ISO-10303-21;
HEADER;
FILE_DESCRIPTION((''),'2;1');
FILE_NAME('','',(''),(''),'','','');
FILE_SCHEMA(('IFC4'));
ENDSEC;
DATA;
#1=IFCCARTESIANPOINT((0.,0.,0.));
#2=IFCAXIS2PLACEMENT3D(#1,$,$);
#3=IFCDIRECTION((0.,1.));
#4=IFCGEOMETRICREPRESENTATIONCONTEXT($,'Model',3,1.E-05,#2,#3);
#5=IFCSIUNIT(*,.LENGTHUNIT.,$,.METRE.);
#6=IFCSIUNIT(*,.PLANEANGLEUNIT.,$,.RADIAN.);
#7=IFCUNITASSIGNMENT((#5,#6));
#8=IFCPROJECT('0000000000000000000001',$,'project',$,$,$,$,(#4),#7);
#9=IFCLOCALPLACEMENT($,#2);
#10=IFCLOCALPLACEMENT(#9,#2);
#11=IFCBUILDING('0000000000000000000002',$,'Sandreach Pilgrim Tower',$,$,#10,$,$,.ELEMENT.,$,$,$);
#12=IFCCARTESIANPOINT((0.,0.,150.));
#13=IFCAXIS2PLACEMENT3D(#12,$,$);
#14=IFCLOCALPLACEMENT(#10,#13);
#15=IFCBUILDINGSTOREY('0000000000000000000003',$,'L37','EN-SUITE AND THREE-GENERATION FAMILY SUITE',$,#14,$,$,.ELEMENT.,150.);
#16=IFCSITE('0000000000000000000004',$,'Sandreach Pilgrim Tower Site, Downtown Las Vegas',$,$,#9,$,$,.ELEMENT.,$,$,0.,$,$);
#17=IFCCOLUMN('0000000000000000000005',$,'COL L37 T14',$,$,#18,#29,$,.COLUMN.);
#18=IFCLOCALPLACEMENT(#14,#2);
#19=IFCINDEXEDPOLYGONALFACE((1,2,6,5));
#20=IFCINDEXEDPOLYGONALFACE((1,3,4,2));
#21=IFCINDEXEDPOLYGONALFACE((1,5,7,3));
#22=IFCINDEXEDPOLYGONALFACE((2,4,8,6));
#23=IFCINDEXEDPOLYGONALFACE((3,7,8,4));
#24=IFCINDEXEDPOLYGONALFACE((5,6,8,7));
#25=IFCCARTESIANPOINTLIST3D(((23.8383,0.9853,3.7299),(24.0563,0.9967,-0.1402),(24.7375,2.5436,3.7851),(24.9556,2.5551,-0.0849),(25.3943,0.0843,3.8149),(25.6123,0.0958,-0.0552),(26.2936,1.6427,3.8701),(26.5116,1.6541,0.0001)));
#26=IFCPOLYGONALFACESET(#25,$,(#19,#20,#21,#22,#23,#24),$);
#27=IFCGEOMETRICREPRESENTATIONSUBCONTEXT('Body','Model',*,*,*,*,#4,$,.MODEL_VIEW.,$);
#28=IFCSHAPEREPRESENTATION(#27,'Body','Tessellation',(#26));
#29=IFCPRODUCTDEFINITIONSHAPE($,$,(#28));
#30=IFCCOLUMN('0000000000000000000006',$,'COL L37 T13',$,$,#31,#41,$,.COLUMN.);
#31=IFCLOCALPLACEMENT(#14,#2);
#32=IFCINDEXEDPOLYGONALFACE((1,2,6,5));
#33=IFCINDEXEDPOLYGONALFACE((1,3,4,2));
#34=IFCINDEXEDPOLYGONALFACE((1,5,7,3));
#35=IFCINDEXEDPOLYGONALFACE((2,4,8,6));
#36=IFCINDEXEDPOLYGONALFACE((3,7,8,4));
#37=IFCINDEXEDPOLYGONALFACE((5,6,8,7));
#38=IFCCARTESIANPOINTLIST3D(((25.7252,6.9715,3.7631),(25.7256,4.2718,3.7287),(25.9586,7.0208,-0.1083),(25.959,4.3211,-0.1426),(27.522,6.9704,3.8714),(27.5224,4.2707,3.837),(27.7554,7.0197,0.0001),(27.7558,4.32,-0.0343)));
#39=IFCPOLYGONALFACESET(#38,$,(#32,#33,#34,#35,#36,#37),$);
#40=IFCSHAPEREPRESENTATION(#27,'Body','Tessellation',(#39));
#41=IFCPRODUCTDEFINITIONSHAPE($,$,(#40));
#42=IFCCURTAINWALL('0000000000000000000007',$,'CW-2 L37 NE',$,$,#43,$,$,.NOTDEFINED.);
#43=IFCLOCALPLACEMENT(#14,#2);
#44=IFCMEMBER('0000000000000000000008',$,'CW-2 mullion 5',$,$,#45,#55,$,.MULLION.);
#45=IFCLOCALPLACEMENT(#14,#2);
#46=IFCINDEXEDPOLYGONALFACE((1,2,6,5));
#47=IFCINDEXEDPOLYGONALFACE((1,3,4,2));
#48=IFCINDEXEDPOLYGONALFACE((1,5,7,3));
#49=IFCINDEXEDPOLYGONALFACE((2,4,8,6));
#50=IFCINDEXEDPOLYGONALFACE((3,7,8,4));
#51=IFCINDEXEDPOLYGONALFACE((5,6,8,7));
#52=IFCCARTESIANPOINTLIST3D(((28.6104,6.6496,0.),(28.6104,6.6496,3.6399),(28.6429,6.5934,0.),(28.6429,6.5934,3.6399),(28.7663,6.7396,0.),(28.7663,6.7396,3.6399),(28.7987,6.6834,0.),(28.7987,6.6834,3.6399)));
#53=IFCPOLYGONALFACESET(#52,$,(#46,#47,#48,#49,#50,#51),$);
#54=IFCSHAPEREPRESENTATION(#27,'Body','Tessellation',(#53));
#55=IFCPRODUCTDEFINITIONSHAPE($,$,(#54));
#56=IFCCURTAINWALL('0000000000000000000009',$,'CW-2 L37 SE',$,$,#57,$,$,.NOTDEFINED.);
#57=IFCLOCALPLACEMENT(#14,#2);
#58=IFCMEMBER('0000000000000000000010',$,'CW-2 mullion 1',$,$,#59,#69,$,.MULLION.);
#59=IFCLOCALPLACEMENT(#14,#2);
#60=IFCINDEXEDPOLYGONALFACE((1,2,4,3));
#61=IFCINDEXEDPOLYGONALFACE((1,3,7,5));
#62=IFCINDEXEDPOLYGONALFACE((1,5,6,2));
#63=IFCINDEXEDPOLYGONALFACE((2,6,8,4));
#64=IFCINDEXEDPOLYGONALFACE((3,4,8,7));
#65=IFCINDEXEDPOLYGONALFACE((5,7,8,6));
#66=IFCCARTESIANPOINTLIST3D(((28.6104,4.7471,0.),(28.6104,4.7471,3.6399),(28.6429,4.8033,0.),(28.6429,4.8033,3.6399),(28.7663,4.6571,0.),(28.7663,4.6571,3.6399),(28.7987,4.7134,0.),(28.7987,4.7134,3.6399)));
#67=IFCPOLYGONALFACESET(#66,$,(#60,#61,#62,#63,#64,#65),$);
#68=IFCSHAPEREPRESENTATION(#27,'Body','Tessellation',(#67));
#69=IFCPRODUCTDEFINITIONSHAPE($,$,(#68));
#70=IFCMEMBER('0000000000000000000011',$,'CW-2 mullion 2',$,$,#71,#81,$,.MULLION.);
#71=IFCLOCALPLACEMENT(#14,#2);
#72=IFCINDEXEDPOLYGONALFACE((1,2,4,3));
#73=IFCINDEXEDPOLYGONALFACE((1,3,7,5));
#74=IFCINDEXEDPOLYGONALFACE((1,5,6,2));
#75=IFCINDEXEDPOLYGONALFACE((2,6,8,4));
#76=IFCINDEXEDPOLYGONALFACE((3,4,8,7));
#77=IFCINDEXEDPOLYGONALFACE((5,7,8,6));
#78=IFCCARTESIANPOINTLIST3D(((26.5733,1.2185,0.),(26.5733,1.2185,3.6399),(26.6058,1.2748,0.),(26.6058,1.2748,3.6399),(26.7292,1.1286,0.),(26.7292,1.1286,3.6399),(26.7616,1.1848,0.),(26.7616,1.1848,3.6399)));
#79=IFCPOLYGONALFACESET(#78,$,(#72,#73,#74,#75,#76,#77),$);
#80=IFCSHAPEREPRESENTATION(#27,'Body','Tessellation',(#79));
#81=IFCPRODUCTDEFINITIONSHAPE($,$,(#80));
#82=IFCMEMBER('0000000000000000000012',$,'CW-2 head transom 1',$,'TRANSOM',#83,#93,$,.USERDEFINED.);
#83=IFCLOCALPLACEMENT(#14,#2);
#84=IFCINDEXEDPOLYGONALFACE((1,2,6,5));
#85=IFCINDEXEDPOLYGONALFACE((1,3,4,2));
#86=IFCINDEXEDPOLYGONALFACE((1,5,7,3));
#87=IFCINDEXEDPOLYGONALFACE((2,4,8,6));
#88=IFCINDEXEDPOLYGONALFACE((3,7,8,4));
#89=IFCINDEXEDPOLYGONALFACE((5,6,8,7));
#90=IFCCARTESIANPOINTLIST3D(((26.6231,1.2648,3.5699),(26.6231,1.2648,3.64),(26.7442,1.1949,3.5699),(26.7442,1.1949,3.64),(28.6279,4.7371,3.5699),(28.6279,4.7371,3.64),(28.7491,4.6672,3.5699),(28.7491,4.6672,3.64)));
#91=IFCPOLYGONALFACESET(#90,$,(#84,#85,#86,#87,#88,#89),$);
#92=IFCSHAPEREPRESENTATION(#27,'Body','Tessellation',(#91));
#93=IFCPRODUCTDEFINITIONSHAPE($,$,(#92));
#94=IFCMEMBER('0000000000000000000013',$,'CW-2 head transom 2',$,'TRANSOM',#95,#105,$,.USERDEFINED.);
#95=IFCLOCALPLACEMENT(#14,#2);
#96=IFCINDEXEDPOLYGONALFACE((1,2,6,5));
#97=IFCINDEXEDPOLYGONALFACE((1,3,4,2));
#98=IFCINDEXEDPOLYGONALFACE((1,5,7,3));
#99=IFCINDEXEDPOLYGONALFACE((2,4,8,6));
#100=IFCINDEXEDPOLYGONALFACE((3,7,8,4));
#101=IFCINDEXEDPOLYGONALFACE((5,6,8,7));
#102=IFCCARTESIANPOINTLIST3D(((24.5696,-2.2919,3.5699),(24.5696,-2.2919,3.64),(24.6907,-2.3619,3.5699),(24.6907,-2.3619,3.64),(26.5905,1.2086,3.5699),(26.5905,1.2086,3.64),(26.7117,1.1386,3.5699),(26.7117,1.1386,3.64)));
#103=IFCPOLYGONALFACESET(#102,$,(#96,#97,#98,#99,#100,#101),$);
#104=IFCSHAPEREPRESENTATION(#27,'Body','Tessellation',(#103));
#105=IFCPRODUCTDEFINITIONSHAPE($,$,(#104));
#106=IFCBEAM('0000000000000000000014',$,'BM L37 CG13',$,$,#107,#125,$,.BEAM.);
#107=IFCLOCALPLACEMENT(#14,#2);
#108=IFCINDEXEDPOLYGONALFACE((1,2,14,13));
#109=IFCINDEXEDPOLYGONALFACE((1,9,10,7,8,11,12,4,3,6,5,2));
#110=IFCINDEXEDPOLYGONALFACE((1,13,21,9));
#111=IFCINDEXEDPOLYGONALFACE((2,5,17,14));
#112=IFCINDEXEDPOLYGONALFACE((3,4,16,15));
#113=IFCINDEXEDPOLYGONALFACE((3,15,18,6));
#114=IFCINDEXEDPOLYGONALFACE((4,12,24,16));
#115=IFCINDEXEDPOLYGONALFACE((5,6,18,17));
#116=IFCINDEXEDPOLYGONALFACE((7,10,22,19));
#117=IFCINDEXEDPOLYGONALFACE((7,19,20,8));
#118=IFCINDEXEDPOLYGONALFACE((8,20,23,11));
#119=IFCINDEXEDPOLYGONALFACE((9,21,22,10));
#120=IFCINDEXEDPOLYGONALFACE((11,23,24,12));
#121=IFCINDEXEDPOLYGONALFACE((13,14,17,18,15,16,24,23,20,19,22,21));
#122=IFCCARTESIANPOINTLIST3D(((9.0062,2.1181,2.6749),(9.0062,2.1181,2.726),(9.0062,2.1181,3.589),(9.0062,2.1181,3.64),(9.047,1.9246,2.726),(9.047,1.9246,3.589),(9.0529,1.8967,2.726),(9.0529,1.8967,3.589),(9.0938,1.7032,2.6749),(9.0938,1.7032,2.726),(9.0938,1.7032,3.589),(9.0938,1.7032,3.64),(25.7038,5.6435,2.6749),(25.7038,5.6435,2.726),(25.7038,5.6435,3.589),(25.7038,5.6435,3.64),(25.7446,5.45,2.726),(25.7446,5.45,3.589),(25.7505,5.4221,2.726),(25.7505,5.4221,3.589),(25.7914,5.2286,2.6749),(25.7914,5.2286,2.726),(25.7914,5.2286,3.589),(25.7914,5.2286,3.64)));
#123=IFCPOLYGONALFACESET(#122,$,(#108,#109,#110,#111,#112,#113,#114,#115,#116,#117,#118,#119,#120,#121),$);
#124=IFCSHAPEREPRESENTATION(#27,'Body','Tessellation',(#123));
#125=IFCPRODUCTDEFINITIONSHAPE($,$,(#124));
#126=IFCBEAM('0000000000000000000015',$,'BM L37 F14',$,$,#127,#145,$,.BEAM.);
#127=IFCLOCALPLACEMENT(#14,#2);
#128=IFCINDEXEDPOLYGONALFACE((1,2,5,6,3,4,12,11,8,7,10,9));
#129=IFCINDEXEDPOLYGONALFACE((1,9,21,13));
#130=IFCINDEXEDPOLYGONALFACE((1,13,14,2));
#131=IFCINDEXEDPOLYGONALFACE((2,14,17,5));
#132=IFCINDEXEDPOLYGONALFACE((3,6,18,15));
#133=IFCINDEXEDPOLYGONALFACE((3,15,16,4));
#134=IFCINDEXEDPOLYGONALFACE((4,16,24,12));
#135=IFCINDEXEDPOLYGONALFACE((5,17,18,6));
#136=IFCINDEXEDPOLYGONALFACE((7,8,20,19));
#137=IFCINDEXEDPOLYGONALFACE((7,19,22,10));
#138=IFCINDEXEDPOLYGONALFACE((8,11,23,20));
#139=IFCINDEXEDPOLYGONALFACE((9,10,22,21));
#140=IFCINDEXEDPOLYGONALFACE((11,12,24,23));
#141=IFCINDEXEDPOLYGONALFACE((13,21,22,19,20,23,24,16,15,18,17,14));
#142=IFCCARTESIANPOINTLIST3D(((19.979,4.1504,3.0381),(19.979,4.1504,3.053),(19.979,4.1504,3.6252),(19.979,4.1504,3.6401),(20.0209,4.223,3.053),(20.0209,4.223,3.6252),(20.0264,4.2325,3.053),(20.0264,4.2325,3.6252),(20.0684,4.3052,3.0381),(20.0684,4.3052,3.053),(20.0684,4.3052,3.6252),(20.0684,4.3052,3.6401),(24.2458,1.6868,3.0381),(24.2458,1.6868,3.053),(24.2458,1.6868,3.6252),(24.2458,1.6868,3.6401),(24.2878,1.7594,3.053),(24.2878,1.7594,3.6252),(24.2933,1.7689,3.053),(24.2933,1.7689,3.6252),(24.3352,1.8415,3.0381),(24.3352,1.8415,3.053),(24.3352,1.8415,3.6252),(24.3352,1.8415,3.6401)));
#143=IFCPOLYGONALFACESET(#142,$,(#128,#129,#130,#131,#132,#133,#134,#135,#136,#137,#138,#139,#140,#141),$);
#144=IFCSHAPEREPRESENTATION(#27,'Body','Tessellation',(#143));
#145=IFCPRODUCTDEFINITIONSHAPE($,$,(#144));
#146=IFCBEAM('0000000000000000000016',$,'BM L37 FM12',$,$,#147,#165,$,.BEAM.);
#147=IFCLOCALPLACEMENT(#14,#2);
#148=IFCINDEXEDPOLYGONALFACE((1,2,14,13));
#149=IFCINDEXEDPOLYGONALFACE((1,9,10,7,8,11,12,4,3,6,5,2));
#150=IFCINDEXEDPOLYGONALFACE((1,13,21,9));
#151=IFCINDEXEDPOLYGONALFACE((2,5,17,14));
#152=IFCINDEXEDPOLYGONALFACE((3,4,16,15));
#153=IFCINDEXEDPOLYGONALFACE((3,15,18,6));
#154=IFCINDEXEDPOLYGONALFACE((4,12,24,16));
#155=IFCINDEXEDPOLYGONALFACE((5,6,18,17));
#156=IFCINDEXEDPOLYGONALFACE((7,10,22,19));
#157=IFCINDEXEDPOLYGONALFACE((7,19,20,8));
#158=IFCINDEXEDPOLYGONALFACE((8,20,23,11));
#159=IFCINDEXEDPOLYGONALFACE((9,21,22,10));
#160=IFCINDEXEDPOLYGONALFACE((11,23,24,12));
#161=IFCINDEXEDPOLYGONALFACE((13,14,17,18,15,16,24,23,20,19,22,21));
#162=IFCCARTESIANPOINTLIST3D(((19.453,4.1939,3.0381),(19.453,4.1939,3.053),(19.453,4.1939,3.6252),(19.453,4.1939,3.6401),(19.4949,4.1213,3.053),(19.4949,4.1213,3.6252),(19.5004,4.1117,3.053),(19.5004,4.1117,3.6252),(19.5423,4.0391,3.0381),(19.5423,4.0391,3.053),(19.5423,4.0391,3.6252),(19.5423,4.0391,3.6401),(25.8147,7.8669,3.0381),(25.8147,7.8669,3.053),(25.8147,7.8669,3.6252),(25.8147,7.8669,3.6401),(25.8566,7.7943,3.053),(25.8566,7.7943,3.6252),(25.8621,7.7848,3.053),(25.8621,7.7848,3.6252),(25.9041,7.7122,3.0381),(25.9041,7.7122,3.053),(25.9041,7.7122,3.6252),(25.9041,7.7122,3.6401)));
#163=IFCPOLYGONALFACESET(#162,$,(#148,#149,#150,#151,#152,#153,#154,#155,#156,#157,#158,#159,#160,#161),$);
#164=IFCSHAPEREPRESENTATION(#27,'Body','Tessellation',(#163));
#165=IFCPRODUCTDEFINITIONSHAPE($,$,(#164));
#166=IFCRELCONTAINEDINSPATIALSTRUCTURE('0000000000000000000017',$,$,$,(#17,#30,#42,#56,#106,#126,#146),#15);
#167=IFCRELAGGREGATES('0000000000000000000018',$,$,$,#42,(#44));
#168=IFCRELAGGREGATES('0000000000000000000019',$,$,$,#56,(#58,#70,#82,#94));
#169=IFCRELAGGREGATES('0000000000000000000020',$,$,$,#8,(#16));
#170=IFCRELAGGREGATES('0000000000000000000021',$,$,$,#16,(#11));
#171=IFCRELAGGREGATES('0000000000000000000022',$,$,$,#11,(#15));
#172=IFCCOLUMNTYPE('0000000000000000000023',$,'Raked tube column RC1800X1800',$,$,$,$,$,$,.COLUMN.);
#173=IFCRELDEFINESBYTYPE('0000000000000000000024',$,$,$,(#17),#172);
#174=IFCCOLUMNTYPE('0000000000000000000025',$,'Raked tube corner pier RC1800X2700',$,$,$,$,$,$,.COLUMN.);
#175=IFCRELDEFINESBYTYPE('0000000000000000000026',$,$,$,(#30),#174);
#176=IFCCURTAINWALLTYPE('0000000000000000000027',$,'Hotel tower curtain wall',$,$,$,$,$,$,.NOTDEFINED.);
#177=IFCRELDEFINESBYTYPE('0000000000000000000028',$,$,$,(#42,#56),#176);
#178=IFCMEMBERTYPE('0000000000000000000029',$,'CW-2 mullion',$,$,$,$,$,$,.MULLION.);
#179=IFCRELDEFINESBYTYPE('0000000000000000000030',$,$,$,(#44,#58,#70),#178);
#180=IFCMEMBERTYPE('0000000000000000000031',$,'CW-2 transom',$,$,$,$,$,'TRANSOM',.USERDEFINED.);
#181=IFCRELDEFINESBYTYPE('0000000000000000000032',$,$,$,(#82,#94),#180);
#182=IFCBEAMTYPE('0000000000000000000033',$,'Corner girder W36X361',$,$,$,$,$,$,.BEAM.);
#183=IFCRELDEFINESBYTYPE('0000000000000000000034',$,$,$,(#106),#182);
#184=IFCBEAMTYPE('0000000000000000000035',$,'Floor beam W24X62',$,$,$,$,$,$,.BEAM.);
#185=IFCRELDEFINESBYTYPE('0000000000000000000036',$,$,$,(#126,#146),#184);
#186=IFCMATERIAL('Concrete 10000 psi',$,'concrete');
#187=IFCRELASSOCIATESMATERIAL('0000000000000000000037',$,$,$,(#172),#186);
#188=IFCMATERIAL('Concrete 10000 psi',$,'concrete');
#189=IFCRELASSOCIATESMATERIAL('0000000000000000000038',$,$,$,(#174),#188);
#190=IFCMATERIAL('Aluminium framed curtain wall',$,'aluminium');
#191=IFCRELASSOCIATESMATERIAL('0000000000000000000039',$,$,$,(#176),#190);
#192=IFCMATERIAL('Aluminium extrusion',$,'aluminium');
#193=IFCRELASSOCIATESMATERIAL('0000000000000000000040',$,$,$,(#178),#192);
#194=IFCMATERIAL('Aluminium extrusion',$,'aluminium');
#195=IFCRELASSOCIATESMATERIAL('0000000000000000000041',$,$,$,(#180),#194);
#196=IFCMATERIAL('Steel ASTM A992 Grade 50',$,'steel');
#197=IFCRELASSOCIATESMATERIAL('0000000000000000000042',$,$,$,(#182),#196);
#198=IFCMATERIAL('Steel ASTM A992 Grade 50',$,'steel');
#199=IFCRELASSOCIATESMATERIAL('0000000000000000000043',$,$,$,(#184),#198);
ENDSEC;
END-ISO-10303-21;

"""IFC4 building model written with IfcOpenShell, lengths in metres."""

from ifc_helpers import new_model, si_unit, direction, frame, origin, origin_2d, place, context, subcontext, project, spatial, rectangle, i_section, extrude, material, material_profile, profile_set, type_object, element, aggregate, save


model = new_model("IFC4")

# Units and contexts
model_context = context("Model", 3, precision=1e-05, world=origin(), true_north=direction((0.0, 1.0)))
body_context = subcontext(model_context, "Body", "Model", "MODEL_VIEW")
ifc_project = project(units=[si_unit("LENGTHUNIT", "METRE"), si_unit("PLANEANGLEUNIT", "RADIAN")], contexts=[model_context])

# Site, building, storey
site_placement = place(None, origin())
site = spatial("IfcSite", under=ifc_project, at=site_placement, Name="Sandreach Pilgrim Tower Site, Downtown Las Vegas", CompositionType="ELEMENT", RefElevation=0.0)
building_placement = place(site_placement, origin())
building = spatial("IfcBuilding", under=site, at=building_placement, Name="Sandreach Pilgrim Tower", CompositionType="ELEMENT")
storey_placement = place(building_placement, frame((0.0, 0.0, 150.0)))
storey = spatial("IfcBuildingStorey", under=building, at=storey_placement, Name="L37", Description="EN-SUITE AND THREE-GENERATION FAMILY SUITE", CompositionType="ELEMENT", Elevation=150.0)

# Columns
ifc_material_1 = material(Name="Concrete 10000 psi", Category="concrete")
ifc_material_profile_1 = material_profile(ifc_material_1, rectangle(XDim=1.8, YDim=1.8, at=origin_2d()), Name="RC1800X1800")
ifc_profile_set_1 = profile_set([ifc_material_profile_1], Name="Concrete 10000 psi")
column_type_1 = type_object("IfcColumnType", Name="Raked tube column RC1800X1800", PredefinedType="COLUMN", material=ifc_profile_set_1)
column_1_placement = place(storey_placement, frame((25.2839, 1.3254, -0.0701), z_axis=(-0.056244, -0.00296, 0.998413), x_axis=(0.864438, -0.500518, 0.047213)))
element("IfcColumn", 1, at=column_1_placement, inside=storey, type_object=column_type_1, Name="COL L37 T14", PredefinedType="COLUMN", context=body_context, shape_type="SweptSolid", body=[
    extrude(rectangle(XDim=1.8, YDim=1.8, at=origin_2d()), origin(), (0.0, 0.0, 1.0), 3.8762),
])
ifc_material_2 = material(Name="Concrete 10000 psi", Category="concrete")
ifc_material_profile_2 = material_profile(ifc_material_2, rectangle(XDim=1.8, YDim=2.7, at=origin_2d()), Name="RC1800X2700")
ifc_profile_set_2 = profile_set([ifc_material_profile_2], Name="Concrete 10000 psi")
column_type_2 = type_object("IfcColumnType", Name="Raked tube corner pier RC1800X2700", PredefinedType="COLUMN", material=ifc_profile_set_2)
column_2_placement = place(storey_placement, frame((26.8572, 5.6704, -0.0713), z_axis=(-0.060175, -0.012715, 0.998107), x_axis=(0.998188, -0.000609, 0.060172)))
element("IfcColumn", 2, at=column_2_placement, inside=storey, type_object=column_type_2, Name="COL L37 T13", PredefinedType="COLUMN", context=body_context, shape_type="SweptSolid", body=[
    extrude(rectangle(XDim=1.8, YDim=2.7, at=origin_2d()), origin(), (0.0, 0.0, 1.0), 3.8787),
])

# Curtain wall, member
ifc_material_3 = material(Name="Aluminium framed curtain wall", Category="aluminium")
curtain_wall_type = type_object("IfcCurtainWallType", Name="Hotel tower curtain wall", PredefinedType="NOTDEFINED", material=ifc_material_3)
curtain_wall_1_placement = place(storey_placement, origin())
curtain_wall_1 = element("IfcCurtainWall", 3, at=curtain_wall_1_placement, inside=storey, type_object=curtain_wall_type, Name="CW-2 L37 NE", PredefinedType="NOTDEFINED")
ifc_material_4 = material(Name="Aluminium extrusion", Category="aluminium")
ifc_material_profile_3 = material_profile(ifc_material_4, rectangle(XDim=0.0649, YDim=0.1799, at=origin_2d()), Name="CW-2M 65X180")
ifc_profile_set_3 = profile_set([ifc_material_profile_3], Name="Aluminium extrusion")
member_type_1 = type_object("IfcMemberType", Name="CW-2 mullion", PredefinedType="MULLION", material=ifc_profile_set_3)
member_1_placement = place(storey_placement, frame((28.7046, 6.6665, 0.0), z_axis=(0.0, 0.0, 1.0), x_axis=(0.5, -0.866025, 0.0)))
member_1 = element("IfcMember", 4, at=member_1_placement, type_object=member_type_1, Name="CW-2 mullion 5", PredefinedType="MULLION", context=body_context, shape_type="SweptSolid", body=[
    extrude(rectangle(XDim=0.0649, YDim=0.1799, at=origin_2d()), origin(), (0.0, 0.0, 1.0), 3.6399),
])

# Curtain wall, members
curtain_wall_2_placement = place(storey_placement, origin())
curtain_wall_2 = element("IfcCurtainWall", 5, at=curtain_wall_2_placement, inside=storey, type_object=curtain_wall_type, Name="CW-2 L37 SE", PredefinedType="NOTDEFINED")
member_2_placement = place(storey_placement, frame((28.7046, 4.7302, 0.0), z_axis=(0.0, 0.0, 1.0), x_axis=(-0.5, -0.866025, 0.0)))
member_2 = element("IfcMember", 6, at=member_2_placement, type_object=member_type_1, Name="CW-2 mullion 1", PredefinedType="MULLION", context=body_context, shape_type="SweptSolid", body=[
    extrude(rectangle(XDim=0.0649, YDim=0.1799, at=origin_2d()), origin(), (0.0, 0.0, 1.0), 3.6399),
])
member_3_placement = place(storey_placement, frame((26.6675, 1.2017, 0.0), z_axis=(0.0, 0.0, 1.0), x_axis=(-0.5, -0.866025, 0.0)))
member_3 = element("IfcMember", 7, at=member_3_placement, type_object=member_type_1, Name="CW-2 mullion 2", PredefinedType="MULLION", context=body_context, shape_type="SweptSolid", body=[
    extrude(rectangle(XDim=0.0649, YDim=0.1799, at=origin_2d()), origin(), (0.0, 0.0, 1.0), 3.6399),
])
ifc_material_5 = material(Name="Aluminium extrusion", Category="aluminium")
ifc_material_profile_4 = material_profile(ifc_material_5, rectangle(XDim=0.1399, YDim=0.0701, at=origin_2d()), Name="CW-2T 140X70")
ifc_profile_set_4 = profile_set([ifc_material_profile_4], Name="Aluminium extrusion")
member_type_2 = type_object("IfcMemberType", Name="CW-2 transom", ElementType="TRANSOM", PredefinedType="USERDEFINED", material=ifc_profile_set_4)
member_4_placement = place(storey_placement, frame((28.6885, 4.7021, 3.605), z_axis=(-0.500016, -0.866016, 0.0), x_axis=(0.866016, -0.500016, 0.0)))
member_4 = element("IfcMember", 8, at=member_4_placement, type_object=member_type_2, Name="CW-2 head transom 1", ObjectType="TRANSOM", PredefinedType="USERDEFINED", context=body_context, shape_type="SweptSolid", body=[
    extrude(rectangle(XDim=0.1399, YDim=0.0701, at=origin_2d()), origin(), (0.0, 0.0, 1.0), 4.0095),
])
member_5_placement = place(storey_placement, frame((26.6511, 1.1736, 3.605), z_axis=(-0.499998, -0.866027, 0.0), x_axis=(0.866027, -0.499998, 0.0)))
member_5 = element("IfcMember", 9, at=member_5_placement, type_object=member_type_2, Name="CW-2 head transom 2", ObjectType="TRANSOM", PredefinedType="USERDEFINED", context=body_context, shape_type="SweptSolid", body=[
    extrude(rectangle(XDim=0.1399, YDim=0.0701, at=origin_2d()), origin(), (0.0, 0.0, 1.0), 4.042),
])

# Beams
ifc_material_6 = material(Name="Steel ASTM A992 Grade 50", Category="steel")
ifc_material_profile_5 = material_profile(ifc_material_6, i_section(OverallWidth=0.4241, OverallDepth=0.9651, WebThickness=0.0286, FlangeThickness=0.051, at=origin_2d()), Name="W36X361")
ifc_profile_set_5 = profile_set([ifc_material_profile_5], Name="Steel ASTM A992 Grade 50")
beam_type_1 = type_object("IfcBeamType", Name="Corner girder W36X361", PredefinedType="BEAM", material=ifc_profile_set_5)
beam_1_placement = place(storey_placement, frame((25.7476, 5.436, 3.1575), z_axis=(-0.97843, -0.206579, 0.0), x_axis=(0.206579, -0.97843, 0.0)))
element("IfcBeam", 10, at=beam_1_placement, inside=storey, type_object=beam_type_1, Name="BM L37 CG13", PredefinedType="BEAM", context=body_context, shape_type="SweptSolid", body=[
    extrude(i_section(OverallWidth=0.4241, OverallDepth=0.9651, WebThickness=0.0286, FlangeThickness=0.051, at=origin_2d()), origin(), (0.0, 0.0, 1.0), 17.0657),
])
ifc_material_7 = material(Name="Steel ASTM A992 Grade 50", Category="steel")
ifc_material_profile_6 = material_profile(ifc_material_7, i_section(OverallWidth=0.1787, OverallDepth=0.6021, WebThickness=0.011, FlangeThickness=0.0149, at=origin_2d()), Name="W24X62")
ifc_profile_set_6 = profile_set([ifc_material_profile_6], Name="Steel ASTM A992 Grade 50")
beam_type_2 = type_object("IfcBeamType", Name="Floor beam W24X62", PredefinedType="BEAM", material=ifc_profile_set_6)
beam_2_placement = place(storey_placement, frame((24.2905, 1.7642, 3.3391), z_axis=(-0.866011, 0.500024, 0.0), x_axis=(-0.500024, -0.866011, 0.0)))
element("IfcBeam", 11, at=beam_2_placement, inside=storey, type_object=beam_type_2, Name="BM L37 F14", PredefinedType="BEAM", context=body_context, shape_type="SweptSolid", body=[
    extrude(i_section(OverallWidth=0.1787, OverallDepth=0.6021, WebThickness=0.011, FlangeThickness=0.0149, at=origin_2d()), origin(), (0.0, 0.0, 1.0), 4.927),
])
beam_3_placement = place(storey_placement, frame((25.8594, 7.7896, 3.3391), z_axis=(-0.86602, -0.50001, 0.0), x_axis=(0.50001, -0.86602, 0.0)))
element("IfcBeam", 12, at=beam_3_placement, inside=storey, type_object=beam_type_2, Name="BM L37 FM12", PredefinedType="BEAM", context=body_context, shape_type="SweptSolid", body=[
    extrude(i_section(OverallWidth=0.1787, OverallDepth=0.6021, WebThickness=0.011, FlangeThickness=0.0149, at=origin_2d()), origin(), (0.0, 0.0, 1.0), 7.3459),
])

aggregate(curtain_wall_1, [member_1])
aggregate(curtain_wall_2, [member_2, member_3, member_4, member_5])

save(model, "model.ifc")
